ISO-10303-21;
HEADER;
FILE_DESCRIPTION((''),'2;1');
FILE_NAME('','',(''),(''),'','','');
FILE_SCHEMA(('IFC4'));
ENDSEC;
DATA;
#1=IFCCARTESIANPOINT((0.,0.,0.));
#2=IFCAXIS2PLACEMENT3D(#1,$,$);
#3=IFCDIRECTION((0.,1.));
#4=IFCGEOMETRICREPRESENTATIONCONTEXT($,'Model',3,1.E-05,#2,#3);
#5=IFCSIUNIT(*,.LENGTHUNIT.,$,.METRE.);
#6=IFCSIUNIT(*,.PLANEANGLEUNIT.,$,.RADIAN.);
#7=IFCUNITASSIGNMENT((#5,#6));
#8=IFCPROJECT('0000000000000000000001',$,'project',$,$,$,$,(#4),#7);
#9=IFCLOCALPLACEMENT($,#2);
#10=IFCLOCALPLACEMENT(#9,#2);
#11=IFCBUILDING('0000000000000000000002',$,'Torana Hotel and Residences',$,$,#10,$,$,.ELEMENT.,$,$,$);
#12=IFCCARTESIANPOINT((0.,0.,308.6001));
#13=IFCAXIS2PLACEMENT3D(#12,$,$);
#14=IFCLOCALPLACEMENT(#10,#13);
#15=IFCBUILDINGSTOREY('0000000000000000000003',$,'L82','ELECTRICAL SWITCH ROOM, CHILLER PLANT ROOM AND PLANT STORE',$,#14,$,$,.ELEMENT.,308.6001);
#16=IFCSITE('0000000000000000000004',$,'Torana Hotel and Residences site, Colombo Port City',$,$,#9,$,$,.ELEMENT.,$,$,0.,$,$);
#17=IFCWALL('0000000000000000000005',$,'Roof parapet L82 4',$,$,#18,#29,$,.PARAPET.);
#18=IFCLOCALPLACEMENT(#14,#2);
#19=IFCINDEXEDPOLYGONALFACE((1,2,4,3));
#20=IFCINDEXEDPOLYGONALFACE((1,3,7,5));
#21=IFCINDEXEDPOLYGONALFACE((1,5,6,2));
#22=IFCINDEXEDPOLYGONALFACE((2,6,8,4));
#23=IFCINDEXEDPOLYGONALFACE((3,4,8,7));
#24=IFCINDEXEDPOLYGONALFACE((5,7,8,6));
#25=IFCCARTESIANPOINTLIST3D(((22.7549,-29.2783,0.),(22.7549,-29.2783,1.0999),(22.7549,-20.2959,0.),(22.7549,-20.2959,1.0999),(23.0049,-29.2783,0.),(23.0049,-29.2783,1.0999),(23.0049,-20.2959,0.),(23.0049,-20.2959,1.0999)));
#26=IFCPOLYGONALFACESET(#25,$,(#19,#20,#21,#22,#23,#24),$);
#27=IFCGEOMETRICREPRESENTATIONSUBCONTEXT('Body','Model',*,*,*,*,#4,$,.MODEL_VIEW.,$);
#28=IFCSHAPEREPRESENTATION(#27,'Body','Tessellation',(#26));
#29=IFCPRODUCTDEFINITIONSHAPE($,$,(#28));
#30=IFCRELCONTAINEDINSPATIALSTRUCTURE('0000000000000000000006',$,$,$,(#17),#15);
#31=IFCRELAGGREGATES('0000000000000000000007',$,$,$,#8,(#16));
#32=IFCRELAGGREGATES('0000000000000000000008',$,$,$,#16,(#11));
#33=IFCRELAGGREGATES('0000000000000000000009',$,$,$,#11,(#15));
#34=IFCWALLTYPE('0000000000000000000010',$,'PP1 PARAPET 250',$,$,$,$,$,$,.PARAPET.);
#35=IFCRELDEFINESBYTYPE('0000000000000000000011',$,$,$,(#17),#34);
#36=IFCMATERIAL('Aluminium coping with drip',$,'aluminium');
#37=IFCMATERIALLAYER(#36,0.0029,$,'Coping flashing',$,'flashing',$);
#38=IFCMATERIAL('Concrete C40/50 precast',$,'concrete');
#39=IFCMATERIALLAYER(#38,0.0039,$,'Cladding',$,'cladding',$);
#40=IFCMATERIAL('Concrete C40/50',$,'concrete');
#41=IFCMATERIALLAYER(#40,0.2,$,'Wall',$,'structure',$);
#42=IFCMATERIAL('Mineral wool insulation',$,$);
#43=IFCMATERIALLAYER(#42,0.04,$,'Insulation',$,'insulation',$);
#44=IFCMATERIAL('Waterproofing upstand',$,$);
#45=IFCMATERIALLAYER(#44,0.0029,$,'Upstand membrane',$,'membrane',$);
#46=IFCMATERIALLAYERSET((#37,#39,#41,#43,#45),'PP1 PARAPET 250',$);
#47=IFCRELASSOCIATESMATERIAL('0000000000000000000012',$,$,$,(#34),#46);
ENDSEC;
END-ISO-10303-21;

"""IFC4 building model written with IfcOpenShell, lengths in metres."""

from ifc_helpers import new_model, si_unit, direction, frame, frame_2d, origin, place, context, subcontext, project, spatial, rectangle, extrude, material, layer, layer_set, type_object, element, save


model = new_model("IFC4")

# Units and contexts
model_context = context("Model", 3, precision=1e-05, world=origin(), true_north=direction((0.0, 1.0)))
body_context = subcontext(model_context, "Body", "Model", "MODEL_VIEW")
ifc_project = project(units=[si_unit("LENGTHUNIT", "METRE"), si_unit("PLANEANGLEUNIT", "RADIAN")], contexts=[model_context])

# Site, building, storey
site_placement = place(None, origin())
site = spatial("IfcSite", under=ifc_project, at=site_placement, Name="Torana Hotel and Residences site, Colombo Port City", CompositionType="ELEMENT", RefElevation=0.0)
building_placement = place(site_placement, origin())
building = spatial("IfcBuilding", under=site, at=building_placement, Name="Torana Hotel and Residences", CompositionType="ELEMENT")
storey_placement = place(building_placement, frame((0.0, 0.0, 308.6001)))
storey = spatial("IfcBuildingStorey", under=building, at=storey_placement, Name="L82", Description="ELECTRICAL SWITCH ROOM, CHILLER PLANT ROOM AND PLANT STORE", CompositionType="ELEMENT", Elevation=308.6001)

# Wall
ifc_material_1 = material(Name="Aluminium coping with drip", Category="aluminium")
ifc_layer_1 = layer(ifc_material_1, 0.0029, Name="Coping flashing", Category="flashing")
ifc_material_2 = material(Name="Concrete C40/50 precast", Category="concrete")
ifc_layer_2 = layer(ifc_material_2, 0.0039, Name="Cladding", Category="cladding")
ifc_material_3 = material(Name="Concrete C40/50", Category="concrete")
ifc_layer_3 = layer(ifc_material_3, 0.2, Name="Wall", Category="structure")
ifc_material_4 = material(Name="Mineral wool insulation")
ifc_layer_4 = layer(ifc_material_4, 0.04, Name="Insulation", Category="insulation")
ifc_material_5 = material(Name="Waterproofing upstand")
ifc_layer_5 = layer(ifc_material_5, 0.0029, Name="Upstand membrane", Category="membrane")
ifc_layer_set_1 = layer_set([ifc_layer_1, ifc_layer_2, ifc_layer_3, ifc_layer_4, ifc_layer_5], Name="PP1 PARAPET 250")
wall_type_1 = type_object("IfcWallType", Name="PP1 PARAPET 250", PredefinedType="PARAPET", material=ifc_layer_set_1)
wall_1_placement = place(storey_placement, frame((22.8799, -20.2959, 0.0), z_axis=(0.0, 0.0, 1.0), x_axis=(0.0, -1.0, 0.0)))
element("IfcWall", 1, at=wall_1_placement, inside=storey, type_object=wall_type_1, Name="Roof parapet L82 4", PredefinedType="PARAPET", context=body_context, shape_type="SweptSolid", body=[
    extrude(rectangle(XDim=8.9824, YDim=0.25, at=frame_2d((4.4912, 0.0))), origin(), (0.0, 0.0, 1.0), 1.0999),
])

save(model, "model.ifc")
